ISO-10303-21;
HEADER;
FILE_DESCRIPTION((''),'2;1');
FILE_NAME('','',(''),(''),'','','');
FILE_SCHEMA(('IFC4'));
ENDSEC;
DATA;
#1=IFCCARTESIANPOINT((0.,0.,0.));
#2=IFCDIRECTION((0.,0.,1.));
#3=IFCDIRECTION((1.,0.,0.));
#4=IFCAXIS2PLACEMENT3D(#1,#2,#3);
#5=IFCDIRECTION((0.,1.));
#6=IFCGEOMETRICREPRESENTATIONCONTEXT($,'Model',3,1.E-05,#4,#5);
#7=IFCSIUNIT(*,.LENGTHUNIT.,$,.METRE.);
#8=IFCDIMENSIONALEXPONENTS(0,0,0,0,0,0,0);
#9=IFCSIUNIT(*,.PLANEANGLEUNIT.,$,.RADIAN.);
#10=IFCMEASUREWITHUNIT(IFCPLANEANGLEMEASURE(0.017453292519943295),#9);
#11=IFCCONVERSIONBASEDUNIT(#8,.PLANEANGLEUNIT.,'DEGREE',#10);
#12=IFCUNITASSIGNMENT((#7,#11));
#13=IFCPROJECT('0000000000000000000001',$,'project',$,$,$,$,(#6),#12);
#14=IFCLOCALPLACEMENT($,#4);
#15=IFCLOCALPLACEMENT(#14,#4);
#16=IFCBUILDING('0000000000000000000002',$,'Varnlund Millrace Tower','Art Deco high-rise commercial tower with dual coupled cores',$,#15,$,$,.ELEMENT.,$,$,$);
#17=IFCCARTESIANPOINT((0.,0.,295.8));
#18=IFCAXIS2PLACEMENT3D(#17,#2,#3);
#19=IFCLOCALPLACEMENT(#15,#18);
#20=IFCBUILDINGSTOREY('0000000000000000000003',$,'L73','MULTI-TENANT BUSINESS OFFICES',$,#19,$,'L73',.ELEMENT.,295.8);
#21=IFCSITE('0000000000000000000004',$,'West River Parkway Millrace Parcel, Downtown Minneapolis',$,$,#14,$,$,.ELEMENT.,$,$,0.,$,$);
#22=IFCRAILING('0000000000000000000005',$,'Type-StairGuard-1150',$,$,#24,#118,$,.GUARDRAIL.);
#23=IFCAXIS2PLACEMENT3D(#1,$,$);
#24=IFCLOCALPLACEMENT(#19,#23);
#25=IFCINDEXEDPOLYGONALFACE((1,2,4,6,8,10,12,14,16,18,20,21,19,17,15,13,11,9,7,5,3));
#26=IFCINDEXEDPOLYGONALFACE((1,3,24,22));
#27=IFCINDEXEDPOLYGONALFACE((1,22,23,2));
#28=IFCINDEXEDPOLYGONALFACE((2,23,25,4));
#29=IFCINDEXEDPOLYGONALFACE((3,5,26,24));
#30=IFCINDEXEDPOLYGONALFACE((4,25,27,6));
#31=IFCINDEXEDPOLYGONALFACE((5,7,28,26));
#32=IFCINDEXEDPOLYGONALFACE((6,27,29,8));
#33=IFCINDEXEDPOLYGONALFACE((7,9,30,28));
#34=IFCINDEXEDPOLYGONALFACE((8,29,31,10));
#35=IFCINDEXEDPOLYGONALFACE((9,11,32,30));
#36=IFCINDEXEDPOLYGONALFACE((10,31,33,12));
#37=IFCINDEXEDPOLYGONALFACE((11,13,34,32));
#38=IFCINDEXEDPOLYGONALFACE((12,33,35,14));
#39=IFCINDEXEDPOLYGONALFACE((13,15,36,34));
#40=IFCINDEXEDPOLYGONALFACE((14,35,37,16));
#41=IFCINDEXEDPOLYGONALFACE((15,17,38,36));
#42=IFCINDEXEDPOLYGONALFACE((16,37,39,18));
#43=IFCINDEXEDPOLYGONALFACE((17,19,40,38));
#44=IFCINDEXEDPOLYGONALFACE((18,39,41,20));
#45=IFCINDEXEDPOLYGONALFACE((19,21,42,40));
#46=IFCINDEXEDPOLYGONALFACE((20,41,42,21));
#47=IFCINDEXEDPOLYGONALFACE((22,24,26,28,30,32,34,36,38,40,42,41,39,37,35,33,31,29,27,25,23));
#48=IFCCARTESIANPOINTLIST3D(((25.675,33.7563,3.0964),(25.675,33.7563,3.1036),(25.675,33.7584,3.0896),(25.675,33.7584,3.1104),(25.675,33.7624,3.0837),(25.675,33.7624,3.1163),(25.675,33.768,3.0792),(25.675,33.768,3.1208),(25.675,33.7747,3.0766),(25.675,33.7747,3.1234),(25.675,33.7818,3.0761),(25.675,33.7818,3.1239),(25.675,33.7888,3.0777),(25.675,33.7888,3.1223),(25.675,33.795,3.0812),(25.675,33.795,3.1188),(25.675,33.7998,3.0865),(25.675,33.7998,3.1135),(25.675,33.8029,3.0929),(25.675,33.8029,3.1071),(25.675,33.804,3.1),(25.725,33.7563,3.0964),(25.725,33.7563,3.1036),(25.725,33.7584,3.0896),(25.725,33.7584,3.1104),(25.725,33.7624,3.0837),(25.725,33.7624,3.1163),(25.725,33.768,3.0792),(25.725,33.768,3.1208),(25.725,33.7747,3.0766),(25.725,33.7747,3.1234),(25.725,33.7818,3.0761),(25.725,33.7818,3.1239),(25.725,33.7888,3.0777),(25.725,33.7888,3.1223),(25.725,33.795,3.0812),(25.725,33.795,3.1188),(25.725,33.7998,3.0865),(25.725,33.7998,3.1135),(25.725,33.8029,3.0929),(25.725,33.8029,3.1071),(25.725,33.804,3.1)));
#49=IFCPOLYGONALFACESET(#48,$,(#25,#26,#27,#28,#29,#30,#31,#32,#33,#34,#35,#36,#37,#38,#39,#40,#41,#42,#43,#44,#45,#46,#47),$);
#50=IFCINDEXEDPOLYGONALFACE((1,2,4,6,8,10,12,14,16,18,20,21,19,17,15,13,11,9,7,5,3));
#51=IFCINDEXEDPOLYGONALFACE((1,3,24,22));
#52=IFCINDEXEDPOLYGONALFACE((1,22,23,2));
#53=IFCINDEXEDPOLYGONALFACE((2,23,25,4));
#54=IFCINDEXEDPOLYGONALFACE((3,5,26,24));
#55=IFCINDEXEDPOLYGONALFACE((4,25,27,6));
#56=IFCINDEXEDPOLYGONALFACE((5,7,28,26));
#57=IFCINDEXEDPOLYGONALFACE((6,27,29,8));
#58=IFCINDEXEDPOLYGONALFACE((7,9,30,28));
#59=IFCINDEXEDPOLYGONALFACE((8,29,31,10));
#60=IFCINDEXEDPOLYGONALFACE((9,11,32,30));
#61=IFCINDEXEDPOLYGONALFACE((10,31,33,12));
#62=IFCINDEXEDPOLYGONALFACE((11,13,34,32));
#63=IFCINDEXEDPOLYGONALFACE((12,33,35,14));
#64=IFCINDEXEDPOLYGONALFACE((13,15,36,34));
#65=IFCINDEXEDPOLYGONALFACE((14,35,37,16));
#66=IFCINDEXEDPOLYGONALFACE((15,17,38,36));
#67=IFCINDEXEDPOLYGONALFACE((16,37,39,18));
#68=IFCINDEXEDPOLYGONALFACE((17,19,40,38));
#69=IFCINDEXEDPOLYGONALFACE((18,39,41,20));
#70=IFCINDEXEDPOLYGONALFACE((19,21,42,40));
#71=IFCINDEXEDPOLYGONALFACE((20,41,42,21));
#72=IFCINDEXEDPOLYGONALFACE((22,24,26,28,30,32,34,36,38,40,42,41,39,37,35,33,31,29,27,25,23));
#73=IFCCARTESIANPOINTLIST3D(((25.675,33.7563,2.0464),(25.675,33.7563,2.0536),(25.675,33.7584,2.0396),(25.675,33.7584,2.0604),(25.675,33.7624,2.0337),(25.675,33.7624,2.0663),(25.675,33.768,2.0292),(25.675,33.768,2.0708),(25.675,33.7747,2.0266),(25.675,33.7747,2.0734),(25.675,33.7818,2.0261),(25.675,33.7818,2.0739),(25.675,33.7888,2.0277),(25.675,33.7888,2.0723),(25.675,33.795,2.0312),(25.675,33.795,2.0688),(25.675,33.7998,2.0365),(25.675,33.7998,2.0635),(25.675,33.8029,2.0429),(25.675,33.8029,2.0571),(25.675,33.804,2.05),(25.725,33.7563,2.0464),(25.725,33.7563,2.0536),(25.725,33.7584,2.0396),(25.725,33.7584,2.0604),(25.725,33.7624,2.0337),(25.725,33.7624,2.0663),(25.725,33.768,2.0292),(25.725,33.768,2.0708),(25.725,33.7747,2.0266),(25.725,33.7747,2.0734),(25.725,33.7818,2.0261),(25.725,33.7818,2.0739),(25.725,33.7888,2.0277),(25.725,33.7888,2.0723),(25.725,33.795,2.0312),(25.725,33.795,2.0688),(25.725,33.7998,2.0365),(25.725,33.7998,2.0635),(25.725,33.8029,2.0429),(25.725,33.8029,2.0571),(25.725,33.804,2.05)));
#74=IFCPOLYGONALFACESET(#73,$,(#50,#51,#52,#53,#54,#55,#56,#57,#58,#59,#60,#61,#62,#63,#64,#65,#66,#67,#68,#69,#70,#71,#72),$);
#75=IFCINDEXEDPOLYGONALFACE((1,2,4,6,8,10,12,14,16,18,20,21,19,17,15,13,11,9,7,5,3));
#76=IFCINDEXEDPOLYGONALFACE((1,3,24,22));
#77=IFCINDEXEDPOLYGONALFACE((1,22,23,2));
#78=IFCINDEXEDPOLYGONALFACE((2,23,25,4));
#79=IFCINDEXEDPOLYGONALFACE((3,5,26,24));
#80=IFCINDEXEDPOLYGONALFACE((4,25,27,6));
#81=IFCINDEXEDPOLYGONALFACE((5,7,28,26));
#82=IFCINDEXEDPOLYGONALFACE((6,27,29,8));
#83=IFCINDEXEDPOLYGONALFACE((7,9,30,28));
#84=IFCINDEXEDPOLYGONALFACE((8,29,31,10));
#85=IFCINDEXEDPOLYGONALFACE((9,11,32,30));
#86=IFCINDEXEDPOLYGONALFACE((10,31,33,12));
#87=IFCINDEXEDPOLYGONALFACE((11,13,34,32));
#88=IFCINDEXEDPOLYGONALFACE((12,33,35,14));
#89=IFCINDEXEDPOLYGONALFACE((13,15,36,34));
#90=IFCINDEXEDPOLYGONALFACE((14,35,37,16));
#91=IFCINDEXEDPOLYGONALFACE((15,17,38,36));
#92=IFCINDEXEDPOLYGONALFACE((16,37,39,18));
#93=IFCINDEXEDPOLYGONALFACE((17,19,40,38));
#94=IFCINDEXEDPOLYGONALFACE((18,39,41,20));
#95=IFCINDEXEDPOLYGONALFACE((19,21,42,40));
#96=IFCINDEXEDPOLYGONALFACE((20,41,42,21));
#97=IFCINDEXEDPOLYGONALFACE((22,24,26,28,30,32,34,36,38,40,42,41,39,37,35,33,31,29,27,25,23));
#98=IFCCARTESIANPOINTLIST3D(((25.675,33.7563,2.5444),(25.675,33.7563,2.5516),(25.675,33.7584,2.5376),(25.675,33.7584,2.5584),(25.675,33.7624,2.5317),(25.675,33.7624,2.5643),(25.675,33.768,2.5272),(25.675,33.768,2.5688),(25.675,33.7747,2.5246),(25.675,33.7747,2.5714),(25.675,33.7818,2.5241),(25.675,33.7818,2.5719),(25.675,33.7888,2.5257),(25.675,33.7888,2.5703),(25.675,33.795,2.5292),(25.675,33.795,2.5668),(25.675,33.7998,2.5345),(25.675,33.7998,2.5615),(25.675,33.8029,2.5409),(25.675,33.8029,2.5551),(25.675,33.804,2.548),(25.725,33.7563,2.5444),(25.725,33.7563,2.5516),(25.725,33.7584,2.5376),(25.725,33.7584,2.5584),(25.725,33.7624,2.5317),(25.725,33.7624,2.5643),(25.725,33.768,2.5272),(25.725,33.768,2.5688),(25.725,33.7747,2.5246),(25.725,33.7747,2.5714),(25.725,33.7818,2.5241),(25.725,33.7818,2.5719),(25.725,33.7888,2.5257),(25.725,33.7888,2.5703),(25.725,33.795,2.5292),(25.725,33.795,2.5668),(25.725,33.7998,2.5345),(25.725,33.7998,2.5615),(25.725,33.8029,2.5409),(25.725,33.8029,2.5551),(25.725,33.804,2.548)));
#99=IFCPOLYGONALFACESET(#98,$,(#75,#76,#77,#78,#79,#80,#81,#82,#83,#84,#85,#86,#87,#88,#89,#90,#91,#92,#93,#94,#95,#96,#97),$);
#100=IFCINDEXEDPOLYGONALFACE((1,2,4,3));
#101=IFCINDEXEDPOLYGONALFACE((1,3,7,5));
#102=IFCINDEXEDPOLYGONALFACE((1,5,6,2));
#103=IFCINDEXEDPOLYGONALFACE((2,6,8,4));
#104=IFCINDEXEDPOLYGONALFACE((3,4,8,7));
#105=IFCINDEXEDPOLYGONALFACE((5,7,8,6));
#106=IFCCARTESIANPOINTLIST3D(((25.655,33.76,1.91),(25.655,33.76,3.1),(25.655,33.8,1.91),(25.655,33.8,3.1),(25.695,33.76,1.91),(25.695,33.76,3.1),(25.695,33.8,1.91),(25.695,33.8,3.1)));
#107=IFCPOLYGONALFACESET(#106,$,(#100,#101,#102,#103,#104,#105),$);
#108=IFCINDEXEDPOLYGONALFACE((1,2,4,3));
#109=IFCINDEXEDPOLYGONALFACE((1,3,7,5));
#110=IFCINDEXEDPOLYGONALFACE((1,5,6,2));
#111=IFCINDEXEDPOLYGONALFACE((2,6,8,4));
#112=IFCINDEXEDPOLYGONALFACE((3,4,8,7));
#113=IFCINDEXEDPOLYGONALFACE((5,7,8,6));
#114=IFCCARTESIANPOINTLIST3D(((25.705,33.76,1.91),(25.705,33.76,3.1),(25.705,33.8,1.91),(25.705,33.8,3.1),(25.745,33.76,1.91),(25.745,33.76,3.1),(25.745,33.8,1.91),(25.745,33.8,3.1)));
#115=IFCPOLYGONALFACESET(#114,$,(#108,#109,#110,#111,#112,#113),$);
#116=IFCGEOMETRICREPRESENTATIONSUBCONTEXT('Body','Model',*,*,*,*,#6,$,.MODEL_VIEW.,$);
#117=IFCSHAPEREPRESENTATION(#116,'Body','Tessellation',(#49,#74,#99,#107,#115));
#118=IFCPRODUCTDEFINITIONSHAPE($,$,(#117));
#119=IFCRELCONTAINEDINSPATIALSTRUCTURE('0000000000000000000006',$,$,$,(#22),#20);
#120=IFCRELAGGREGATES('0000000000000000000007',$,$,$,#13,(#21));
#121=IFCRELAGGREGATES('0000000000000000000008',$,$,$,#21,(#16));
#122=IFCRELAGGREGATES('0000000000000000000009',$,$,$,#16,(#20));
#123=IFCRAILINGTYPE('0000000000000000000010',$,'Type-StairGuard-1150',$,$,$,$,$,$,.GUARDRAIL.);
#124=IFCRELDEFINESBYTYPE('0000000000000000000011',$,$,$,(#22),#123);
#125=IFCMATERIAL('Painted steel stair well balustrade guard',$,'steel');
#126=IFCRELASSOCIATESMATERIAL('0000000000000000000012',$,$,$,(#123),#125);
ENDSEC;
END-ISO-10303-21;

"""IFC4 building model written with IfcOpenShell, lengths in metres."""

from ifc_helpers import new_model, entity, si_unit, converted_unit, direction, frame, origin_with_axes, origin_2d_with_axis, place, context, subcontext, project, spatial, rectangle, circle, extrude, material, type_object, element, save


model = new_model("IFC4")

# Units and contexts
model_context = context("Model", 3, precision=1e-05, world=origin_with_axes(), true_north=direction((0.0, 1.0)))
body_context = subcontext(model_context, "Body", "Model", "MODEL_VIEW")
ifc_project = project(units=[si_unit("LENGTHUNIT", "METRE"), converted_unit("PLANEANGLEUNIT", "DEGREE", entity("IfcPlaneAngleMeasure", 0.017453292519943295), si_unit("PLANEANGLEUNIT", "RADIAN"), dimensions=[0, 0, 0, 0, 0, 0, 0])], contexts=[model_context])

# Site, building, storey
site_placement = place(None, origin_with_axes())
site = spatial("IfcSite", under=ifc_project, at=site_placement, Name="West River Parkway Millrace Parcel, Downtown Minneapolis", CompositionType="ELEMENT", RefElevation=0.0)
building_placement = place(site_placement, origin_with_axes())
building = spatial("IfcBuilding", under=site, at=building_placement, Name="Varnlund Millrace Tower", Description="Art Deco high-rise commercial tower with dual coupled cores", CompositionType="ELEMENT")
storey_placement = place(building_placement, frame((0.0, 0.0, 295.8), z_axis=(0.0, 0.0, 1.0), x_axis=(1.0, 0.0, 0.0)))
storey = spatial("IfcBuildingStorey", under=building, at=storey_placement, Name="L73", Description="MULTI-TENANT BUSINESS OFFICES", LongName="L73", CompositionType="ELEMENT", Elevation=295.8)

# Railing
ifc_material_1 = material(Name="Painted steel stair well balustrade guard", Category="steel")
railing_type_1 = type_object("IfcRailingType", Name="Type-StairGuard-1150", PredefinedType="GUARDRAIL", material=ifc_material_1)
railing_1_placement = place(storey_placement, frame((0.0, 0.0, -295.8), z_axis=(0.0, 0.0, 1.0), x_axis=(1.0, 0.0, 0.0)))
element("IfcRailing", 1, at=railing_1_placement, inside=storey, type_object=railing_type_1, Name="Type-StairGuard-1150", PredefinedType="GUARDRAIL", context=body_context, shape_type="SweptSolid", body=[
    extrude(circle(Radius=0.024, at=origin_2d_with_axis()), frame((25.675, 33.78, 298.9), z_axis=(1.0, 0.0, 0.0), x_axis=(0.0, 1.0, 0.0)), (0.0, 0.0, 1.0), 0.05),
    extrude(circle(Radius=0.024, at=origin_2d_with_axis()), frame((25.675, 33.78, 297.85), z_axis=(1.0, 0.0, 0.0), x_axis=(0.0, 1.0, 0.0)), (0.0, 0.0, 1.0), 0.05),
    extrude(circle(Radius=0.024, at=origin_2d_with_axis()), frame((25.675, 33.78, 298.348), z_axis=(1.0, 0.0, 0.0), x_axis=(0.0, 1.0, 0.0)), (0.0, 0.0, 1.0), 0.05),
    extrude(rectangle(XDim=0.04, YDim=0.04, at=origin_2d_with_axis()), frame((25.675, 33.78, 297.71), z_axis=(0.0, 0.0, 1.0), x_axis=(1.0, 0.0, 0.0)), (0.0, 0.0, 1.0), 1.19),
    extrude(rectangle(XDim=0.04, YDim=0.04, at=origin_2d_with_axis()), frame((25.725, 33.78, 297.71), z_axis=(0.0, 0.0, 1.0), x_axis=(1.0, 0.0, 0.0)), (0.0, 0.0, 1.0), 1.19),
])

save(model, "model.ifc")
